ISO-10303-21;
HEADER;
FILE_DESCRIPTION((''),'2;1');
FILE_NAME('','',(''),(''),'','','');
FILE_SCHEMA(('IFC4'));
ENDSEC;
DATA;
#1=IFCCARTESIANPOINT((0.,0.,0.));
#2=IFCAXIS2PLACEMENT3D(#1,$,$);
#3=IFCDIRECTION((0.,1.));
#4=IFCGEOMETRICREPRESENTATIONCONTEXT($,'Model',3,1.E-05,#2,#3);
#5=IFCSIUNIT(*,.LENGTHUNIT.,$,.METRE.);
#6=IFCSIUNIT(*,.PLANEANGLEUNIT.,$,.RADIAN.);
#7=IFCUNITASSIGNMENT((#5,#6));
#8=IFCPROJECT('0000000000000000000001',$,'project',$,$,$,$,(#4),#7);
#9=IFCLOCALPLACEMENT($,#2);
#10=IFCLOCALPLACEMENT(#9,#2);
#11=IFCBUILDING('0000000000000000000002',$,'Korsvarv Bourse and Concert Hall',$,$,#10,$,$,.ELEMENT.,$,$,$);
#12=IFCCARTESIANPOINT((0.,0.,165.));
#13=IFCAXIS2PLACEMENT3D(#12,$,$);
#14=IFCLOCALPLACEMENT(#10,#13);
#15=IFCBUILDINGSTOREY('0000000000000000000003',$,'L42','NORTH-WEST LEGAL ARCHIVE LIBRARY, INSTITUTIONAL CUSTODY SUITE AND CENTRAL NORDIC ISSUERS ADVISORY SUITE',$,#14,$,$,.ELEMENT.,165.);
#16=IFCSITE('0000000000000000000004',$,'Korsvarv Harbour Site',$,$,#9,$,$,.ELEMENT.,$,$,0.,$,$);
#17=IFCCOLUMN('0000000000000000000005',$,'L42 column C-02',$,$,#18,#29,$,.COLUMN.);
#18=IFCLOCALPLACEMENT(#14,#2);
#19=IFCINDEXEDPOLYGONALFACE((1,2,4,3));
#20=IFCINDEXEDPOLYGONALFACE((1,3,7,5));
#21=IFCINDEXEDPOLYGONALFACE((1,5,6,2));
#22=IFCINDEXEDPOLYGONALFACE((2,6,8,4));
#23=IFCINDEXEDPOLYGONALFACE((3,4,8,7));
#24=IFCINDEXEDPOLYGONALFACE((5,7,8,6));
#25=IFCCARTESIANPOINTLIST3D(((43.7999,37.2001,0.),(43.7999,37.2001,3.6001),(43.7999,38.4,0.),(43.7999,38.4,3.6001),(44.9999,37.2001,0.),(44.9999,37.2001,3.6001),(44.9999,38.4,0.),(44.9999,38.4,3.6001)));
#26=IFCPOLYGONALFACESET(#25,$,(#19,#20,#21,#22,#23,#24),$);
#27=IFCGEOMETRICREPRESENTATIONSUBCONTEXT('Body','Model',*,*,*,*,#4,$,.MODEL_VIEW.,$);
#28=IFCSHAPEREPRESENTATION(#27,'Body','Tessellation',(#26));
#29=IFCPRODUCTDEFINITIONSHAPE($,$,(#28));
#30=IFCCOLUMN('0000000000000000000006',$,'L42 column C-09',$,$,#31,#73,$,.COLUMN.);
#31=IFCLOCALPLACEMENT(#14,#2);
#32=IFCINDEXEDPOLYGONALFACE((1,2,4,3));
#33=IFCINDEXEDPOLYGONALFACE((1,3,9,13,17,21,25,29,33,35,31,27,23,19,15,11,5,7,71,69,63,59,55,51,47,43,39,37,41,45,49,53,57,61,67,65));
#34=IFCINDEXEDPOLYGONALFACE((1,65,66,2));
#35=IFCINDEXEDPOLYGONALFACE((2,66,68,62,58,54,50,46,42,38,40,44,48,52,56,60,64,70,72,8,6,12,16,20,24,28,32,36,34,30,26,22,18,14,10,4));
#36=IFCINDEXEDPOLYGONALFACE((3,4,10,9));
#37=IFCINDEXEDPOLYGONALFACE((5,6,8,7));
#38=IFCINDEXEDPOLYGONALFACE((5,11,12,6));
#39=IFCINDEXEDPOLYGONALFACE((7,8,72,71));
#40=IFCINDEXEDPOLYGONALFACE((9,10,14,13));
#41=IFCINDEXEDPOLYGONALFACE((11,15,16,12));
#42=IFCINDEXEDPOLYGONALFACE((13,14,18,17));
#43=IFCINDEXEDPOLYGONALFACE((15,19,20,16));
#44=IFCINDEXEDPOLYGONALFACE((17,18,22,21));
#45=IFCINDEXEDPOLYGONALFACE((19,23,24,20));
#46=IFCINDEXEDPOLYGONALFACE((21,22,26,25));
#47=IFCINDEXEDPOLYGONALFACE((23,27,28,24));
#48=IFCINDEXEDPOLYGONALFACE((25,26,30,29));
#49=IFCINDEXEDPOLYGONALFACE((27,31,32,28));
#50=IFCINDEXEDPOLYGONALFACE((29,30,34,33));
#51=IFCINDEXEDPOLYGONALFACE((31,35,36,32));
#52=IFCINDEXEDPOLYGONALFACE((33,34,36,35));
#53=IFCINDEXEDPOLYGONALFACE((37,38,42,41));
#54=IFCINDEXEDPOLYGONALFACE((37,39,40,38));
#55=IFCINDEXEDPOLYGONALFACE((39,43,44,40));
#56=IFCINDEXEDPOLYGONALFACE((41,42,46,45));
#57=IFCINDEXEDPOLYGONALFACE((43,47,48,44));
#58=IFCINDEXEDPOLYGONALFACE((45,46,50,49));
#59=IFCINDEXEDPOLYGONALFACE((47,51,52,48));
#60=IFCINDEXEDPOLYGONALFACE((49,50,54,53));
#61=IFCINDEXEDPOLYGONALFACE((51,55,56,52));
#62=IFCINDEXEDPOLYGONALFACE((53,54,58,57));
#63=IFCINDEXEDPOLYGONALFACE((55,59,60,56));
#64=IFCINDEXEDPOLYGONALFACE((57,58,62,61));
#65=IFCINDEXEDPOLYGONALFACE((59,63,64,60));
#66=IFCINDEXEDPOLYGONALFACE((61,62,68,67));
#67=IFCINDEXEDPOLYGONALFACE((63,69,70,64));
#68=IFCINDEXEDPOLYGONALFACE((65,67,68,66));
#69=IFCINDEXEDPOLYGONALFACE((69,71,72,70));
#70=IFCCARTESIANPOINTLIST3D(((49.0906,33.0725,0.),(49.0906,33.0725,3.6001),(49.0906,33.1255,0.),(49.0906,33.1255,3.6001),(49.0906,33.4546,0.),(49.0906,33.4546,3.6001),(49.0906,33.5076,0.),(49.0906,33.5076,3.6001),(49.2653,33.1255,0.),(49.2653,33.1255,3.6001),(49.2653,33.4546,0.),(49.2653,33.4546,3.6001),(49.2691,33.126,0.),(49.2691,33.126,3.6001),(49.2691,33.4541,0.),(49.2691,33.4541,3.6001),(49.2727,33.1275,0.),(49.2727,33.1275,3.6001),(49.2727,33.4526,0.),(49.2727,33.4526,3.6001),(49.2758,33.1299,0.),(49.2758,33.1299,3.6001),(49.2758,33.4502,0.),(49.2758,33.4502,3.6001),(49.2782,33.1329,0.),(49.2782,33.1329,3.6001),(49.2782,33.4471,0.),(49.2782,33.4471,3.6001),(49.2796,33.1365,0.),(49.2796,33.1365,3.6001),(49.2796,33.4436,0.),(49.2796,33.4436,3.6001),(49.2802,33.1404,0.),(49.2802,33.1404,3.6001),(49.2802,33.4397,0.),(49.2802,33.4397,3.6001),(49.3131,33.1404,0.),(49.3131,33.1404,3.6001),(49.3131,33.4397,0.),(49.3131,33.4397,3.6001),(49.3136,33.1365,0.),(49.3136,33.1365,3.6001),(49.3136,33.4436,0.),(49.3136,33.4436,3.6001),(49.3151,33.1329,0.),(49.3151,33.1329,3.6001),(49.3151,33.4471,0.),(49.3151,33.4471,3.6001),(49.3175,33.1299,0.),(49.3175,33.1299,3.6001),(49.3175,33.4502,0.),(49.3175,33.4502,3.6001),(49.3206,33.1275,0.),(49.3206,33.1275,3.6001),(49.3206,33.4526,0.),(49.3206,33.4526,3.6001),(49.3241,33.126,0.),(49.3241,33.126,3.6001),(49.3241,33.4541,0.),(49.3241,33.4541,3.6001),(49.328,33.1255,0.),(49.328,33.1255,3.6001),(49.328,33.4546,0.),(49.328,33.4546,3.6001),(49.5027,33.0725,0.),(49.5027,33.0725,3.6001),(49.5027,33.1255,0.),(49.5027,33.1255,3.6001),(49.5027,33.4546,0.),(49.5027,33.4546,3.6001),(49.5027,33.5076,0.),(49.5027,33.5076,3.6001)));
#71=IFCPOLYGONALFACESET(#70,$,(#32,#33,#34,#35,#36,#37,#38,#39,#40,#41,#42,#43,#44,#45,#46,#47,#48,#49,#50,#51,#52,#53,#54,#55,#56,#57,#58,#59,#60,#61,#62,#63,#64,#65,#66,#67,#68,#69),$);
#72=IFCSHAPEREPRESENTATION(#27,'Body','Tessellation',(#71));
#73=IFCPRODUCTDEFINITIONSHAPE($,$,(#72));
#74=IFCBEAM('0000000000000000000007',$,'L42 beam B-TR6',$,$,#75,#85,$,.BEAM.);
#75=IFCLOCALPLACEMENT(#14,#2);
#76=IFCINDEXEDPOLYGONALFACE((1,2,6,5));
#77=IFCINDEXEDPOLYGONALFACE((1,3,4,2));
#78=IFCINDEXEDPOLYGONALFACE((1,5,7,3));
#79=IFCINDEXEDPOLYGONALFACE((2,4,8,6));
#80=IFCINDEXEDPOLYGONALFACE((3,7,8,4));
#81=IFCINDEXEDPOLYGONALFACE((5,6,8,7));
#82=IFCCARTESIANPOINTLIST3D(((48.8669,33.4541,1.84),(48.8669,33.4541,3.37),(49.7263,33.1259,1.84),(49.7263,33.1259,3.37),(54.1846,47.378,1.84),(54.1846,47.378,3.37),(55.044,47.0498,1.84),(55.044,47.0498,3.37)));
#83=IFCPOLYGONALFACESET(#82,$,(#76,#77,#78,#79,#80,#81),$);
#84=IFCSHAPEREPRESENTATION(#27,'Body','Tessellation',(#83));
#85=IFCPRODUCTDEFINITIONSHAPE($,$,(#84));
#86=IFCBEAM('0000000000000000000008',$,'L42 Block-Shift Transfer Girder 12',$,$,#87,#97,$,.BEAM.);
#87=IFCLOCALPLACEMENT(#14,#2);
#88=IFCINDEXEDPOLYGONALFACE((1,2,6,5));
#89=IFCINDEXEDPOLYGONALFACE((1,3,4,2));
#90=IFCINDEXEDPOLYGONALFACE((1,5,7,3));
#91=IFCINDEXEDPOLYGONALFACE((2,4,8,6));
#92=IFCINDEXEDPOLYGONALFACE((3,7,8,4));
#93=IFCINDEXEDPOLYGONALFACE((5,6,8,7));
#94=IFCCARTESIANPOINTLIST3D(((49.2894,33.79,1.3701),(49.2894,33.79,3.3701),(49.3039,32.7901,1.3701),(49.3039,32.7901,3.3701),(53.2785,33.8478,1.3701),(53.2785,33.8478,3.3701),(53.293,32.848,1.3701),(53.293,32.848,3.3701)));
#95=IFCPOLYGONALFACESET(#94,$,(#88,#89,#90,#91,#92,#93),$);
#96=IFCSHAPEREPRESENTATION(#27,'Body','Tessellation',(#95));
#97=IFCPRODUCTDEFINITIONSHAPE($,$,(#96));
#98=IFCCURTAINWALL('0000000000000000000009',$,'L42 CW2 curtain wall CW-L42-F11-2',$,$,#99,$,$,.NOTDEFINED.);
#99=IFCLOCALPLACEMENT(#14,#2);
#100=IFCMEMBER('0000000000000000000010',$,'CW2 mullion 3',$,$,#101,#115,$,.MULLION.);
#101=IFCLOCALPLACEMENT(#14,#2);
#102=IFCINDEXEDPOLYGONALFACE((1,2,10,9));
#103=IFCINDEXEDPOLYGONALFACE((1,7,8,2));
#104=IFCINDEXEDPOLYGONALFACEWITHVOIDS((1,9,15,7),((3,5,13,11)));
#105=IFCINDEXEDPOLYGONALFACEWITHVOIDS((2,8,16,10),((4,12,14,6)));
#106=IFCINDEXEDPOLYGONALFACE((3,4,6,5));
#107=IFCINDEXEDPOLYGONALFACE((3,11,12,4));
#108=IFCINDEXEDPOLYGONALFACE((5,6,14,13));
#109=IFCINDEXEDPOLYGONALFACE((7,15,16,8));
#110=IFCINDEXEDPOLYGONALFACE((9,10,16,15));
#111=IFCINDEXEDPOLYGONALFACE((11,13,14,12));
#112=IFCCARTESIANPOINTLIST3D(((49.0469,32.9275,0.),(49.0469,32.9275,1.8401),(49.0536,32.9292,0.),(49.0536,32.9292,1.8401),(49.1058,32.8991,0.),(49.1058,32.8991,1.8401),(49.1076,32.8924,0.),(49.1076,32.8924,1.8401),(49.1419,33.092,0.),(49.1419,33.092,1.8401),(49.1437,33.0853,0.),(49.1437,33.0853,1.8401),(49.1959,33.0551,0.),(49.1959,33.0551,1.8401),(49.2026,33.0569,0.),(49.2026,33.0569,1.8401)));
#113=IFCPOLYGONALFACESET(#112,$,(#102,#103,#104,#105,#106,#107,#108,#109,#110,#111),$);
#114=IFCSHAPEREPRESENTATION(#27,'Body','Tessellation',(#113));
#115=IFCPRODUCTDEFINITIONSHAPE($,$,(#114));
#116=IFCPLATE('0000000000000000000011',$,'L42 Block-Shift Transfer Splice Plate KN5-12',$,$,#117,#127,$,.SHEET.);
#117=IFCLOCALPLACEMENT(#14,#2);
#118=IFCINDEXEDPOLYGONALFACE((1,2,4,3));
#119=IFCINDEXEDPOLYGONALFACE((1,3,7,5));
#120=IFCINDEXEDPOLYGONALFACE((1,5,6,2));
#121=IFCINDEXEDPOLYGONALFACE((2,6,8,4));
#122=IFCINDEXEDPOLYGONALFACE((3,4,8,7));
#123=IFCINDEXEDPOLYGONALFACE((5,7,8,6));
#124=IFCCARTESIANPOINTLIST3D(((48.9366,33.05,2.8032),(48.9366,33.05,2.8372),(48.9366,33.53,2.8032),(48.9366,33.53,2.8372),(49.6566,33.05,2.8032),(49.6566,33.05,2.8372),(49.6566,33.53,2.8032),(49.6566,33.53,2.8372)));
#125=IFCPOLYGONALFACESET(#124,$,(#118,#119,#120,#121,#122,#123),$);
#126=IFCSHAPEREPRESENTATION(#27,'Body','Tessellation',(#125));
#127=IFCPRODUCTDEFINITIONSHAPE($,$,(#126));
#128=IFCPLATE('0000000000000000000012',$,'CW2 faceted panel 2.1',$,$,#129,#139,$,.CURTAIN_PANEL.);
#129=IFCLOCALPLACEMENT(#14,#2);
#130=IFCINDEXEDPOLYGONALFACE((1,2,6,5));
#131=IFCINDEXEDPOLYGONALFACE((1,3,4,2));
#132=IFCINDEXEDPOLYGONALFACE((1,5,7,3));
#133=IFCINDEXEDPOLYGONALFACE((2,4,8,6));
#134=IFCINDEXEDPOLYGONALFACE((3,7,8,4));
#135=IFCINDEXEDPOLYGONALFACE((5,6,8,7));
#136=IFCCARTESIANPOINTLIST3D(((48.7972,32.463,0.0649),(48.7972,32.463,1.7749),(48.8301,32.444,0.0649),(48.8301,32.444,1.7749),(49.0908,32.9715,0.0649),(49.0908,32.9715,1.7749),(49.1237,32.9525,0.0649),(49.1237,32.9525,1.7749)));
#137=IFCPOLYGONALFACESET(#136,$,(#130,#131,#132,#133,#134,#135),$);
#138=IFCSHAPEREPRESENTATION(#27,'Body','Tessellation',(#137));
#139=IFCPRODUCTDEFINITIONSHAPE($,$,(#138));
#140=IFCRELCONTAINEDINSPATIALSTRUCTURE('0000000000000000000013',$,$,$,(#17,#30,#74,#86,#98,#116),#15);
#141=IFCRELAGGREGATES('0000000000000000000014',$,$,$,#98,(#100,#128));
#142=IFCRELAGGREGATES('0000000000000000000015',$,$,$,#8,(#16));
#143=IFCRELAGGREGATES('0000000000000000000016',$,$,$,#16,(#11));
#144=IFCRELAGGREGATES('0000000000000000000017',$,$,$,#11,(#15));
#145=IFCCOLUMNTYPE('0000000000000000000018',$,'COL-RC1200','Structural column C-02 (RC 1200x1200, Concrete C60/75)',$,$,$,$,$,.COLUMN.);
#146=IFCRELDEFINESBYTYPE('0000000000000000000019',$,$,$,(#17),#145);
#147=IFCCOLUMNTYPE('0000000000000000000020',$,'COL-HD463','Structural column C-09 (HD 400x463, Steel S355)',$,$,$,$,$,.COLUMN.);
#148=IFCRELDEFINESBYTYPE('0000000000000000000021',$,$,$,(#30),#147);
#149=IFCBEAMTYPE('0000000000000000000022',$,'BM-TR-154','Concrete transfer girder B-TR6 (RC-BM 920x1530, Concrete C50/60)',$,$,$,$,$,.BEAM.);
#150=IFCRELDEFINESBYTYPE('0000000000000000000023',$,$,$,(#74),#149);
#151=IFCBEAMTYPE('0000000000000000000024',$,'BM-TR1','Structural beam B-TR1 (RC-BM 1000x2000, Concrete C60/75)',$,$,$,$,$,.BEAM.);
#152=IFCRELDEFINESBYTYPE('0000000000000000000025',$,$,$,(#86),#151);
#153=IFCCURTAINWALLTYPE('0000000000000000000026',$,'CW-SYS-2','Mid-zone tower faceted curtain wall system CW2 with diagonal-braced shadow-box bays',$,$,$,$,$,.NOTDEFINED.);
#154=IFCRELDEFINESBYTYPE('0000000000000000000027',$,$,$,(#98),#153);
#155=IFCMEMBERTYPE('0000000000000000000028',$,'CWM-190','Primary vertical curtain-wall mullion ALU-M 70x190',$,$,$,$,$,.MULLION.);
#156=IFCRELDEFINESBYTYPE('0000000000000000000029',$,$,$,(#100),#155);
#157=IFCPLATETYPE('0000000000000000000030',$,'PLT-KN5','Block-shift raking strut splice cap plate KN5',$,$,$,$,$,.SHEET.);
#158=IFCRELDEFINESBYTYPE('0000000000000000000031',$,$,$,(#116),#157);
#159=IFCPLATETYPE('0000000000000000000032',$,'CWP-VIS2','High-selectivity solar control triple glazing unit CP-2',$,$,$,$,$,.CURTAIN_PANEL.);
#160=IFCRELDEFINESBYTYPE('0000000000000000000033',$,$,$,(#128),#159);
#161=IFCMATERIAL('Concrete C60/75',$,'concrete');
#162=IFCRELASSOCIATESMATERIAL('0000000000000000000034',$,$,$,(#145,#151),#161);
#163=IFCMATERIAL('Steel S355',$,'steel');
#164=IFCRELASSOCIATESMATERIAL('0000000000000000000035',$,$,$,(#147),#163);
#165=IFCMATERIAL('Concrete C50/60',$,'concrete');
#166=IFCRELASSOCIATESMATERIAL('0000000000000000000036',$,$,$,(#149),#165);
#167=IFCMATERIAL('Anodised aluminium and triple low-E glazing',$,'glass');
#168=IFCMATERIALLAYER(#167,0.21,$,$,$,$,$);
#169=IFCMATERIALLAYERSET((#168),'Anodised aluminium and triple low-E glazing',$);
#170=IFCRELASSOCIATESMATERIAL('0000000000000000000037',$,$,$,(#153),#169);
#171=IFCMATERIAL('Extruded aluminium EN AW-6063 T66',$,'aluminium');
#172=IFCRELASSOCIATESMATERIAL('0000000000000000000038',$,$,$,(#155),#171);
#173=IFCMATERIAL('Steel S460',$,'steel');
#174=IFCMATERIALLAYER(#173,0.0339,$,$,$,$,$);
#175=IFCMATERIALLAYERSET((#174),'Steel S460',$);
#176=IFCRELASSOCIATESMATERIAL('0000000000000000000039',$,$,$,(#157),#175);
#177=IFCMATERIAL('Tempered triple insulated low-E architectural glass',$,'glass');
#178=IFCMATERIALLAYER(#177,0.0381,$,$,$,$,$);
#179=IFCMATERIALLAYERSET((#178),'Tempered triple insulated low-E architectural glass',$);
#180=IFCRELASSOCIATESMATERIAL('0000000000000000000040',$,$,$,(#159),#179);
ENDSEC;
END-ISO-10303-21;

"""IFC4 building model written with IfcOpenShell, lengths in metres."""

from ifc_helpers import new_model, si_unit, direction, frame, origin, origin_2d, place, context, subcontext, project, spatial, rectangle, hollow_rectangle, i_section, extrude, source, transform, mapped, material, layer, layer_set, material_profile, profile_set, type_object, element, aggregate, save


model = new_model("IFC4")

# Units and contexts
model_context = context("Model", 3, precision=1e-05, world=origin(), true_north=direction((0.0, 1.0)))
body_context = subcontext(model_context, "Body", "Model", "MODEL_VIEW")
ifc_project = project(units=[si_unit("LENGTHUNIT", "METRE"), si_unit("PLANEANGLEUNIT", "RADIAN")], contexts=[model_context])

# Site, building, storey
site_placement = place(None, origin())
site = spatial("IfcSite", under=ifc_project, at=site_placement, Name="Korsvarv Harbour Site", CompositionType="ELEMENT", RefElevation=0.0)
building_placement = place(site_placement, origin())
building = spatial("IfcBuilding", under=site, at=building_placement, Name="Korsvarv Bourse and Concert Hall", CompositionType="ELEMENT")
storey_placement = place(building_placement, frame((0.0, 0.0, 165.0)))
storey = spatial("IfcBuildingStorey", under=building, at=storey_placement, Name="L42", Description="NORTH-WEST LEGAL ARCHIVE LIBRARY, INSTITUTIONAL CUSTODY SUITE AND CENTRAL NORDIC ISSUERS ADVISORY SUITE", CompositionType="ELEMENT", Elevation=165.0)

# Columns
ifc_material_1 = material(Name="Concrete C60/75", Category="concrete")
ifc_material_profile_1 = material_profile(ifc_material_1, rectangle(XDim=1.2, YDim=1.2, at=origin_2d()), Name="RC 1200x1200")
ifc_profile_set_1 = profile_set([ifc_material_profile_1], Name="Concrete C60/75")
column_type_1 = type_object("IfcColumnType", Name="COL-RC1200", Description="Structural column C-02 (RC 1200x1200, Concrete C60/75)", PredefinedType="COLUMN", material=ifc_profile_set_1)
shared_shape_1 = source(origin(), body_context, "Body", "SweptSolid", [
    extrude(rectangle(XDim=1.2, YDim=1.2, at=origin_2d()), origin(), (0.0, 0.0, 1.0), 3.6001),
])
column_1_placement = place(storey_placement, frame((44.3999, 37.8, 0.0), z_axis=(0.0, 0.0, 1.0), x_axis=(1.0, 0.0, 0.0)))
element("IfcColumn", 1, at=column_1_placement, inside=storey, type_object=column_type_1, Name="L42 column C-02", PredefinedType="COLUMN", context=body_context, shape_type="MappedRepresentation", body=[
    mapped(shared_shape_1, transform((0.0, 0.0, 0.0), scale=1.0)),
])
ifc_material_2 = material(Name="Steel S355", Category="steel")
ifc_material_profile_2 = material_profile(ifc_material_2, i_section(OverallWidth=0.4121, OverallDepth=0.4351, WebThickness=0.033, FlangeThickness=0.053, FilletRadius=0.0149, at=origin_2d()), Name="HD 400x463")
ifc_profile_set_2 = profile_set([ifc_material_profile_2], Name="Steel S355")
column_type_2 = type_object("IfcColumnType", Name="COL-HD463", Description="Structural column C-09 (HD 400x463, Steel S355)", PredefinedType="COLUMN", material=ifc_profile_set_2)
shared_shape_2 = source(origin(), body_context, "Body", "SweptSolid", [
    extrude(i_section(OverallWidth=0.4121, OverallDepth=0.4351, WebThickness=0.033, FlangeThickness=0.053, FilletRadius=0.0149, at=origin_2d()), origin(), (0.0, 0.0, 1.0), 3.6001),
])
column_2_placement = place(storey_placement, frame((49.2966, 33.29, 0.0), z_axis=(0.0, 0.0, 1.0), x_axis=(1.0, 0.0, 0.0)))
element("IfcColumn", 2, at=column_2_placement, inside=storey, type_object=column_type_2, Name="L42 column C-09", PredefinedType="COLUMN", context=body_context, shape_type="MappedRepresentation", body=[
    mapped(shared_shape_2, transform((0.0, 0.0, 0.0), scale=1.0)),
])

# Beams
ifc_material_3 = material(Name="Concrete C50/60", Category="concrete")
ifc_material_profile_3 = material_profile(ifc_material_3, rectangle(XDim=0.9199, YDim=1.53, at=origin_2d()), Name="RC-BM 920x1530")
ifc_profile_set_3 = profile_set([ifc_material_profile_3], Name="Concrete C50/60")
beam_type_1 = type_object("IfcBeamType", Name="BM-TR-154", Description="Concrete transfer girder B-TR6 (RC-BM 920x1530, Concrete C50/60)", PredefinedType="BEAM", material=ifc_profile_set_3)
shared_shape_3 = source(origin(), body_context, "Body", "SweptSolid", [
    extrude(rectangle(XDim=0.9199, YDim=1.53, at=origin_2d()), origin(), (0.0, 0.0, 1.0), 14.9048),
])
beam_1_placement = place(storey_placement, frame((49.2966, 33.29, 2.605), z_axis=(0.356775, 0.93419, 0.0), x_axis=(-0.93419, 0.356775, 0.0)))
element("IfcBeam", 3, at=beam_1_placement, inside=storey, type_object=beam_type_1, Name="L42 beam B-TR6", PredefinedType="BEAM", context=body_context, shape_type="MappedRepresentation", body=[
    mapped(shared_shape_3, transform((0.0, 0.0, 0.0), scale=1.0)),
])
ifc_material_profile_4 = material_profile(ifc_material_1, rectangle(XDim=1.0, YDim=2.0, at=origin_2d()), Name="RC-BM 1000x2000")
ifc_profile_set_4 = profile_set([ifc_material_profile_4], Name="Concrete C60/75")
beam_type_2 = type_object("IfcBeamType", Name="BM-TR1", Description="Structural beam B-TR1 (RC-BM 1000x2000, Concrete C60/75)", PredefinedType="BEAM", material=ifc_profile_set_4)
shared_shape_4 = source(origin(), body_context, "Body", "SweptSolid", [
    extrude(rectangle(XDim=1.0, YDim=2.0, at=origin_2d()), origin(), (0.0, 0.0, 1.0), 3.9895),
])
beam_2_placement = place(storey_placement, frame((49.2966, 33.29, 2.3701), z_axis=(0.999895, 0.014504, 0.0), x_axis=(-0.014504, 0.999895, 0.0)))
element("IfcBeam", 4, at=beam_2_placement, inside=storey, type_object=beam_type_2, Name="L42 Block-Shift Transfer Girder 12", PredefinedType="BEAM", context=body_context, shape_type="MappedRepresentation", body=[
    mapped(shared_shape_4, transform((0.0, 0.0, 0.0), scale=1.0)),
])

# Curtain wall, member
ifc_material_4 = material(Name="Anodised aluminium and triple low-E glazing", Category="glass")
ifc_layer_1 = layer(ifc_material_4, 0.21)
ifc_layer_set_1 = layer_set([ifc_layer_1], Name="Anodised aluminium and triple low-E glazing")
curtain_wall_type = type_object("IfcCurtainWallType", Name="CW-SYS-2", Description="Mid-zone tower faceted curtain wall system CW2 with diagonal-braced shadow-box bays", PredefinedType="NOTDEFINED", material=ifc_layer_set_1)
curtain_wall_placement = place(storey_placement, origin())
curtain_wall = element("IfcCurtainWall", 5, at=curtain_wall_placement, inside=storey, type_object=curtain_wall_type, Name="L42 CW2 curtain wall CW-L42-F11-2", PredefinedType="NOTDEFINED")
ifc_material_5 = material(Name="Extruded aluminium EN AW-6063 T66", Category="aluminium")
ifc_material_profile_5 = material_profile(ifc_material_5, hollow_rectangle(XDim=0.0701, YDim=0.1899, WallThickness=0.0049, at=origin_2d()), Name="ALU-M 70x190")
ifc_profile_set_5 = profile_set([ifc_material_profile_5], Name="Extruded aluminium EN AW-6063 T66")
member_type = type_object("IfcMemberType", Name="CWM-190", Description="Primary vertical curtain-wall mullion ALU-M 70x190", PredefinedType="MULLION", material=ifc_profile_set_5)
shared_shape_5 = source(origin(), body_context, "Body", "SweptSolid", [
    extrude(hollow_rectangle(XDim=0.0701, YDim=0.1899, WallThickness=0.0049, at=origin_2d()), origin(), (0.0, 0.0, 1.0), 1.8401),
])
member_placement = place(storey_placement, frame((49.1248, 32.9922, 0.0), z_axis=(0.0, 0.0, 1.0), x_axis=(-0.866008, 0.500031, 0.0)))
member = element("IfcMember", 6, at=member_placement, type_object=member_type, Name="CW2 mullion 3", PredefinedType="MULLION", context=body_context, shape_type="MappedRepresentation", body=[
    mapped(shared_shape_5, transform((0.0, 0.0, 0.0), scale=1.0)),
])

# Plates
ifc_material_6 = material(Name="Steel S460", Category="steel")
ifc_layer_2 = layer(ifc_material_6, 0.0339)
ifc_layer_set_2 = layer_set([ifc_layer_2], Name="Steel S460")
plate_type_1 = type_object("IfcPlateType", Name="PLT-KN5", Description="Block-shift raking strut splice cap plate KN5", PredefinedType="SHEET", material=ifc_layer_set_2)
shared_shape_6 = source(origin(), body_context, "Body", "SweptSolid", [
    extrude(rectangle(XDim=0.72, YDim=0.48, at=origin_2d()), origin(), (0.0, 0.0, 1.0), 0.0339),
])
plate_1_placement = place(storey_placement, frame((49.2966, 33.29, 2.8032), z_axis=(0.0, 0.0, 1.0), x_axis=(1.0, 0.0, 0.0)))
element("IfcPlate", 7, at=plate_1_placement, inside=storey, type_object=plate_type_1, Name="L42 Block-Shift Transfer Splice Plate KN5-12", PredefinedType="SHEET", context=body_context, shape_type="MappedRepresentation", body=[
    mapped(shared_shape_6, transform((0.0, 0.0, 0.0), scale=1.0)),
])
ifc_material_7 = material(Name="Tempered triple insulated low-E architectural glass", Category="glass")
ifc_layer_3 = layer(ifc_material_7, 0.0381)
ifc_layer_set_3 = layer_set([ifc_layer_3], Name="Tempered triple insulated low-E architectural glass")
plate_type_2 = type_object("IfcPlateType", Name="CWP-VIS2", Description="High-selectivity solar control triple glazing unit CP-2", PredefinedType="CURTAIN_PANEL", material=ifc_layer_set_3)
shared_shape_7 = source(origin(), body_context, "Body", "SweptSolid", [
    extrude(rectangle(XDim=0.5872, YDim=0.0381, at=origin_2d()), origin(), (0.0, 0.0, 1.0), 1.71),
])
plate_2_placement = place(storey_placement, frame((48.9604, 32.7078, 0.0649), z_axis=(0.0, 0.0, 1.0), x_axis=(0.500031, 0.866008, 0.0)))
plate_2 = element("IfcPlate", 8, at=plate_2_placement, type_object=plate_type_2, Name="CW2 faceted panel 2.1", PredefinedType="CURTAIN_PANEL", context=body_context, shape_type="MappedRepresentation", body=[
    mapped(shared_shape_7, transform((0.0, 0.0, 0.0), scale=1.0)),
])
aggregate(curtain_wall, [member, plate_2])

save(model, "model.ifc")
